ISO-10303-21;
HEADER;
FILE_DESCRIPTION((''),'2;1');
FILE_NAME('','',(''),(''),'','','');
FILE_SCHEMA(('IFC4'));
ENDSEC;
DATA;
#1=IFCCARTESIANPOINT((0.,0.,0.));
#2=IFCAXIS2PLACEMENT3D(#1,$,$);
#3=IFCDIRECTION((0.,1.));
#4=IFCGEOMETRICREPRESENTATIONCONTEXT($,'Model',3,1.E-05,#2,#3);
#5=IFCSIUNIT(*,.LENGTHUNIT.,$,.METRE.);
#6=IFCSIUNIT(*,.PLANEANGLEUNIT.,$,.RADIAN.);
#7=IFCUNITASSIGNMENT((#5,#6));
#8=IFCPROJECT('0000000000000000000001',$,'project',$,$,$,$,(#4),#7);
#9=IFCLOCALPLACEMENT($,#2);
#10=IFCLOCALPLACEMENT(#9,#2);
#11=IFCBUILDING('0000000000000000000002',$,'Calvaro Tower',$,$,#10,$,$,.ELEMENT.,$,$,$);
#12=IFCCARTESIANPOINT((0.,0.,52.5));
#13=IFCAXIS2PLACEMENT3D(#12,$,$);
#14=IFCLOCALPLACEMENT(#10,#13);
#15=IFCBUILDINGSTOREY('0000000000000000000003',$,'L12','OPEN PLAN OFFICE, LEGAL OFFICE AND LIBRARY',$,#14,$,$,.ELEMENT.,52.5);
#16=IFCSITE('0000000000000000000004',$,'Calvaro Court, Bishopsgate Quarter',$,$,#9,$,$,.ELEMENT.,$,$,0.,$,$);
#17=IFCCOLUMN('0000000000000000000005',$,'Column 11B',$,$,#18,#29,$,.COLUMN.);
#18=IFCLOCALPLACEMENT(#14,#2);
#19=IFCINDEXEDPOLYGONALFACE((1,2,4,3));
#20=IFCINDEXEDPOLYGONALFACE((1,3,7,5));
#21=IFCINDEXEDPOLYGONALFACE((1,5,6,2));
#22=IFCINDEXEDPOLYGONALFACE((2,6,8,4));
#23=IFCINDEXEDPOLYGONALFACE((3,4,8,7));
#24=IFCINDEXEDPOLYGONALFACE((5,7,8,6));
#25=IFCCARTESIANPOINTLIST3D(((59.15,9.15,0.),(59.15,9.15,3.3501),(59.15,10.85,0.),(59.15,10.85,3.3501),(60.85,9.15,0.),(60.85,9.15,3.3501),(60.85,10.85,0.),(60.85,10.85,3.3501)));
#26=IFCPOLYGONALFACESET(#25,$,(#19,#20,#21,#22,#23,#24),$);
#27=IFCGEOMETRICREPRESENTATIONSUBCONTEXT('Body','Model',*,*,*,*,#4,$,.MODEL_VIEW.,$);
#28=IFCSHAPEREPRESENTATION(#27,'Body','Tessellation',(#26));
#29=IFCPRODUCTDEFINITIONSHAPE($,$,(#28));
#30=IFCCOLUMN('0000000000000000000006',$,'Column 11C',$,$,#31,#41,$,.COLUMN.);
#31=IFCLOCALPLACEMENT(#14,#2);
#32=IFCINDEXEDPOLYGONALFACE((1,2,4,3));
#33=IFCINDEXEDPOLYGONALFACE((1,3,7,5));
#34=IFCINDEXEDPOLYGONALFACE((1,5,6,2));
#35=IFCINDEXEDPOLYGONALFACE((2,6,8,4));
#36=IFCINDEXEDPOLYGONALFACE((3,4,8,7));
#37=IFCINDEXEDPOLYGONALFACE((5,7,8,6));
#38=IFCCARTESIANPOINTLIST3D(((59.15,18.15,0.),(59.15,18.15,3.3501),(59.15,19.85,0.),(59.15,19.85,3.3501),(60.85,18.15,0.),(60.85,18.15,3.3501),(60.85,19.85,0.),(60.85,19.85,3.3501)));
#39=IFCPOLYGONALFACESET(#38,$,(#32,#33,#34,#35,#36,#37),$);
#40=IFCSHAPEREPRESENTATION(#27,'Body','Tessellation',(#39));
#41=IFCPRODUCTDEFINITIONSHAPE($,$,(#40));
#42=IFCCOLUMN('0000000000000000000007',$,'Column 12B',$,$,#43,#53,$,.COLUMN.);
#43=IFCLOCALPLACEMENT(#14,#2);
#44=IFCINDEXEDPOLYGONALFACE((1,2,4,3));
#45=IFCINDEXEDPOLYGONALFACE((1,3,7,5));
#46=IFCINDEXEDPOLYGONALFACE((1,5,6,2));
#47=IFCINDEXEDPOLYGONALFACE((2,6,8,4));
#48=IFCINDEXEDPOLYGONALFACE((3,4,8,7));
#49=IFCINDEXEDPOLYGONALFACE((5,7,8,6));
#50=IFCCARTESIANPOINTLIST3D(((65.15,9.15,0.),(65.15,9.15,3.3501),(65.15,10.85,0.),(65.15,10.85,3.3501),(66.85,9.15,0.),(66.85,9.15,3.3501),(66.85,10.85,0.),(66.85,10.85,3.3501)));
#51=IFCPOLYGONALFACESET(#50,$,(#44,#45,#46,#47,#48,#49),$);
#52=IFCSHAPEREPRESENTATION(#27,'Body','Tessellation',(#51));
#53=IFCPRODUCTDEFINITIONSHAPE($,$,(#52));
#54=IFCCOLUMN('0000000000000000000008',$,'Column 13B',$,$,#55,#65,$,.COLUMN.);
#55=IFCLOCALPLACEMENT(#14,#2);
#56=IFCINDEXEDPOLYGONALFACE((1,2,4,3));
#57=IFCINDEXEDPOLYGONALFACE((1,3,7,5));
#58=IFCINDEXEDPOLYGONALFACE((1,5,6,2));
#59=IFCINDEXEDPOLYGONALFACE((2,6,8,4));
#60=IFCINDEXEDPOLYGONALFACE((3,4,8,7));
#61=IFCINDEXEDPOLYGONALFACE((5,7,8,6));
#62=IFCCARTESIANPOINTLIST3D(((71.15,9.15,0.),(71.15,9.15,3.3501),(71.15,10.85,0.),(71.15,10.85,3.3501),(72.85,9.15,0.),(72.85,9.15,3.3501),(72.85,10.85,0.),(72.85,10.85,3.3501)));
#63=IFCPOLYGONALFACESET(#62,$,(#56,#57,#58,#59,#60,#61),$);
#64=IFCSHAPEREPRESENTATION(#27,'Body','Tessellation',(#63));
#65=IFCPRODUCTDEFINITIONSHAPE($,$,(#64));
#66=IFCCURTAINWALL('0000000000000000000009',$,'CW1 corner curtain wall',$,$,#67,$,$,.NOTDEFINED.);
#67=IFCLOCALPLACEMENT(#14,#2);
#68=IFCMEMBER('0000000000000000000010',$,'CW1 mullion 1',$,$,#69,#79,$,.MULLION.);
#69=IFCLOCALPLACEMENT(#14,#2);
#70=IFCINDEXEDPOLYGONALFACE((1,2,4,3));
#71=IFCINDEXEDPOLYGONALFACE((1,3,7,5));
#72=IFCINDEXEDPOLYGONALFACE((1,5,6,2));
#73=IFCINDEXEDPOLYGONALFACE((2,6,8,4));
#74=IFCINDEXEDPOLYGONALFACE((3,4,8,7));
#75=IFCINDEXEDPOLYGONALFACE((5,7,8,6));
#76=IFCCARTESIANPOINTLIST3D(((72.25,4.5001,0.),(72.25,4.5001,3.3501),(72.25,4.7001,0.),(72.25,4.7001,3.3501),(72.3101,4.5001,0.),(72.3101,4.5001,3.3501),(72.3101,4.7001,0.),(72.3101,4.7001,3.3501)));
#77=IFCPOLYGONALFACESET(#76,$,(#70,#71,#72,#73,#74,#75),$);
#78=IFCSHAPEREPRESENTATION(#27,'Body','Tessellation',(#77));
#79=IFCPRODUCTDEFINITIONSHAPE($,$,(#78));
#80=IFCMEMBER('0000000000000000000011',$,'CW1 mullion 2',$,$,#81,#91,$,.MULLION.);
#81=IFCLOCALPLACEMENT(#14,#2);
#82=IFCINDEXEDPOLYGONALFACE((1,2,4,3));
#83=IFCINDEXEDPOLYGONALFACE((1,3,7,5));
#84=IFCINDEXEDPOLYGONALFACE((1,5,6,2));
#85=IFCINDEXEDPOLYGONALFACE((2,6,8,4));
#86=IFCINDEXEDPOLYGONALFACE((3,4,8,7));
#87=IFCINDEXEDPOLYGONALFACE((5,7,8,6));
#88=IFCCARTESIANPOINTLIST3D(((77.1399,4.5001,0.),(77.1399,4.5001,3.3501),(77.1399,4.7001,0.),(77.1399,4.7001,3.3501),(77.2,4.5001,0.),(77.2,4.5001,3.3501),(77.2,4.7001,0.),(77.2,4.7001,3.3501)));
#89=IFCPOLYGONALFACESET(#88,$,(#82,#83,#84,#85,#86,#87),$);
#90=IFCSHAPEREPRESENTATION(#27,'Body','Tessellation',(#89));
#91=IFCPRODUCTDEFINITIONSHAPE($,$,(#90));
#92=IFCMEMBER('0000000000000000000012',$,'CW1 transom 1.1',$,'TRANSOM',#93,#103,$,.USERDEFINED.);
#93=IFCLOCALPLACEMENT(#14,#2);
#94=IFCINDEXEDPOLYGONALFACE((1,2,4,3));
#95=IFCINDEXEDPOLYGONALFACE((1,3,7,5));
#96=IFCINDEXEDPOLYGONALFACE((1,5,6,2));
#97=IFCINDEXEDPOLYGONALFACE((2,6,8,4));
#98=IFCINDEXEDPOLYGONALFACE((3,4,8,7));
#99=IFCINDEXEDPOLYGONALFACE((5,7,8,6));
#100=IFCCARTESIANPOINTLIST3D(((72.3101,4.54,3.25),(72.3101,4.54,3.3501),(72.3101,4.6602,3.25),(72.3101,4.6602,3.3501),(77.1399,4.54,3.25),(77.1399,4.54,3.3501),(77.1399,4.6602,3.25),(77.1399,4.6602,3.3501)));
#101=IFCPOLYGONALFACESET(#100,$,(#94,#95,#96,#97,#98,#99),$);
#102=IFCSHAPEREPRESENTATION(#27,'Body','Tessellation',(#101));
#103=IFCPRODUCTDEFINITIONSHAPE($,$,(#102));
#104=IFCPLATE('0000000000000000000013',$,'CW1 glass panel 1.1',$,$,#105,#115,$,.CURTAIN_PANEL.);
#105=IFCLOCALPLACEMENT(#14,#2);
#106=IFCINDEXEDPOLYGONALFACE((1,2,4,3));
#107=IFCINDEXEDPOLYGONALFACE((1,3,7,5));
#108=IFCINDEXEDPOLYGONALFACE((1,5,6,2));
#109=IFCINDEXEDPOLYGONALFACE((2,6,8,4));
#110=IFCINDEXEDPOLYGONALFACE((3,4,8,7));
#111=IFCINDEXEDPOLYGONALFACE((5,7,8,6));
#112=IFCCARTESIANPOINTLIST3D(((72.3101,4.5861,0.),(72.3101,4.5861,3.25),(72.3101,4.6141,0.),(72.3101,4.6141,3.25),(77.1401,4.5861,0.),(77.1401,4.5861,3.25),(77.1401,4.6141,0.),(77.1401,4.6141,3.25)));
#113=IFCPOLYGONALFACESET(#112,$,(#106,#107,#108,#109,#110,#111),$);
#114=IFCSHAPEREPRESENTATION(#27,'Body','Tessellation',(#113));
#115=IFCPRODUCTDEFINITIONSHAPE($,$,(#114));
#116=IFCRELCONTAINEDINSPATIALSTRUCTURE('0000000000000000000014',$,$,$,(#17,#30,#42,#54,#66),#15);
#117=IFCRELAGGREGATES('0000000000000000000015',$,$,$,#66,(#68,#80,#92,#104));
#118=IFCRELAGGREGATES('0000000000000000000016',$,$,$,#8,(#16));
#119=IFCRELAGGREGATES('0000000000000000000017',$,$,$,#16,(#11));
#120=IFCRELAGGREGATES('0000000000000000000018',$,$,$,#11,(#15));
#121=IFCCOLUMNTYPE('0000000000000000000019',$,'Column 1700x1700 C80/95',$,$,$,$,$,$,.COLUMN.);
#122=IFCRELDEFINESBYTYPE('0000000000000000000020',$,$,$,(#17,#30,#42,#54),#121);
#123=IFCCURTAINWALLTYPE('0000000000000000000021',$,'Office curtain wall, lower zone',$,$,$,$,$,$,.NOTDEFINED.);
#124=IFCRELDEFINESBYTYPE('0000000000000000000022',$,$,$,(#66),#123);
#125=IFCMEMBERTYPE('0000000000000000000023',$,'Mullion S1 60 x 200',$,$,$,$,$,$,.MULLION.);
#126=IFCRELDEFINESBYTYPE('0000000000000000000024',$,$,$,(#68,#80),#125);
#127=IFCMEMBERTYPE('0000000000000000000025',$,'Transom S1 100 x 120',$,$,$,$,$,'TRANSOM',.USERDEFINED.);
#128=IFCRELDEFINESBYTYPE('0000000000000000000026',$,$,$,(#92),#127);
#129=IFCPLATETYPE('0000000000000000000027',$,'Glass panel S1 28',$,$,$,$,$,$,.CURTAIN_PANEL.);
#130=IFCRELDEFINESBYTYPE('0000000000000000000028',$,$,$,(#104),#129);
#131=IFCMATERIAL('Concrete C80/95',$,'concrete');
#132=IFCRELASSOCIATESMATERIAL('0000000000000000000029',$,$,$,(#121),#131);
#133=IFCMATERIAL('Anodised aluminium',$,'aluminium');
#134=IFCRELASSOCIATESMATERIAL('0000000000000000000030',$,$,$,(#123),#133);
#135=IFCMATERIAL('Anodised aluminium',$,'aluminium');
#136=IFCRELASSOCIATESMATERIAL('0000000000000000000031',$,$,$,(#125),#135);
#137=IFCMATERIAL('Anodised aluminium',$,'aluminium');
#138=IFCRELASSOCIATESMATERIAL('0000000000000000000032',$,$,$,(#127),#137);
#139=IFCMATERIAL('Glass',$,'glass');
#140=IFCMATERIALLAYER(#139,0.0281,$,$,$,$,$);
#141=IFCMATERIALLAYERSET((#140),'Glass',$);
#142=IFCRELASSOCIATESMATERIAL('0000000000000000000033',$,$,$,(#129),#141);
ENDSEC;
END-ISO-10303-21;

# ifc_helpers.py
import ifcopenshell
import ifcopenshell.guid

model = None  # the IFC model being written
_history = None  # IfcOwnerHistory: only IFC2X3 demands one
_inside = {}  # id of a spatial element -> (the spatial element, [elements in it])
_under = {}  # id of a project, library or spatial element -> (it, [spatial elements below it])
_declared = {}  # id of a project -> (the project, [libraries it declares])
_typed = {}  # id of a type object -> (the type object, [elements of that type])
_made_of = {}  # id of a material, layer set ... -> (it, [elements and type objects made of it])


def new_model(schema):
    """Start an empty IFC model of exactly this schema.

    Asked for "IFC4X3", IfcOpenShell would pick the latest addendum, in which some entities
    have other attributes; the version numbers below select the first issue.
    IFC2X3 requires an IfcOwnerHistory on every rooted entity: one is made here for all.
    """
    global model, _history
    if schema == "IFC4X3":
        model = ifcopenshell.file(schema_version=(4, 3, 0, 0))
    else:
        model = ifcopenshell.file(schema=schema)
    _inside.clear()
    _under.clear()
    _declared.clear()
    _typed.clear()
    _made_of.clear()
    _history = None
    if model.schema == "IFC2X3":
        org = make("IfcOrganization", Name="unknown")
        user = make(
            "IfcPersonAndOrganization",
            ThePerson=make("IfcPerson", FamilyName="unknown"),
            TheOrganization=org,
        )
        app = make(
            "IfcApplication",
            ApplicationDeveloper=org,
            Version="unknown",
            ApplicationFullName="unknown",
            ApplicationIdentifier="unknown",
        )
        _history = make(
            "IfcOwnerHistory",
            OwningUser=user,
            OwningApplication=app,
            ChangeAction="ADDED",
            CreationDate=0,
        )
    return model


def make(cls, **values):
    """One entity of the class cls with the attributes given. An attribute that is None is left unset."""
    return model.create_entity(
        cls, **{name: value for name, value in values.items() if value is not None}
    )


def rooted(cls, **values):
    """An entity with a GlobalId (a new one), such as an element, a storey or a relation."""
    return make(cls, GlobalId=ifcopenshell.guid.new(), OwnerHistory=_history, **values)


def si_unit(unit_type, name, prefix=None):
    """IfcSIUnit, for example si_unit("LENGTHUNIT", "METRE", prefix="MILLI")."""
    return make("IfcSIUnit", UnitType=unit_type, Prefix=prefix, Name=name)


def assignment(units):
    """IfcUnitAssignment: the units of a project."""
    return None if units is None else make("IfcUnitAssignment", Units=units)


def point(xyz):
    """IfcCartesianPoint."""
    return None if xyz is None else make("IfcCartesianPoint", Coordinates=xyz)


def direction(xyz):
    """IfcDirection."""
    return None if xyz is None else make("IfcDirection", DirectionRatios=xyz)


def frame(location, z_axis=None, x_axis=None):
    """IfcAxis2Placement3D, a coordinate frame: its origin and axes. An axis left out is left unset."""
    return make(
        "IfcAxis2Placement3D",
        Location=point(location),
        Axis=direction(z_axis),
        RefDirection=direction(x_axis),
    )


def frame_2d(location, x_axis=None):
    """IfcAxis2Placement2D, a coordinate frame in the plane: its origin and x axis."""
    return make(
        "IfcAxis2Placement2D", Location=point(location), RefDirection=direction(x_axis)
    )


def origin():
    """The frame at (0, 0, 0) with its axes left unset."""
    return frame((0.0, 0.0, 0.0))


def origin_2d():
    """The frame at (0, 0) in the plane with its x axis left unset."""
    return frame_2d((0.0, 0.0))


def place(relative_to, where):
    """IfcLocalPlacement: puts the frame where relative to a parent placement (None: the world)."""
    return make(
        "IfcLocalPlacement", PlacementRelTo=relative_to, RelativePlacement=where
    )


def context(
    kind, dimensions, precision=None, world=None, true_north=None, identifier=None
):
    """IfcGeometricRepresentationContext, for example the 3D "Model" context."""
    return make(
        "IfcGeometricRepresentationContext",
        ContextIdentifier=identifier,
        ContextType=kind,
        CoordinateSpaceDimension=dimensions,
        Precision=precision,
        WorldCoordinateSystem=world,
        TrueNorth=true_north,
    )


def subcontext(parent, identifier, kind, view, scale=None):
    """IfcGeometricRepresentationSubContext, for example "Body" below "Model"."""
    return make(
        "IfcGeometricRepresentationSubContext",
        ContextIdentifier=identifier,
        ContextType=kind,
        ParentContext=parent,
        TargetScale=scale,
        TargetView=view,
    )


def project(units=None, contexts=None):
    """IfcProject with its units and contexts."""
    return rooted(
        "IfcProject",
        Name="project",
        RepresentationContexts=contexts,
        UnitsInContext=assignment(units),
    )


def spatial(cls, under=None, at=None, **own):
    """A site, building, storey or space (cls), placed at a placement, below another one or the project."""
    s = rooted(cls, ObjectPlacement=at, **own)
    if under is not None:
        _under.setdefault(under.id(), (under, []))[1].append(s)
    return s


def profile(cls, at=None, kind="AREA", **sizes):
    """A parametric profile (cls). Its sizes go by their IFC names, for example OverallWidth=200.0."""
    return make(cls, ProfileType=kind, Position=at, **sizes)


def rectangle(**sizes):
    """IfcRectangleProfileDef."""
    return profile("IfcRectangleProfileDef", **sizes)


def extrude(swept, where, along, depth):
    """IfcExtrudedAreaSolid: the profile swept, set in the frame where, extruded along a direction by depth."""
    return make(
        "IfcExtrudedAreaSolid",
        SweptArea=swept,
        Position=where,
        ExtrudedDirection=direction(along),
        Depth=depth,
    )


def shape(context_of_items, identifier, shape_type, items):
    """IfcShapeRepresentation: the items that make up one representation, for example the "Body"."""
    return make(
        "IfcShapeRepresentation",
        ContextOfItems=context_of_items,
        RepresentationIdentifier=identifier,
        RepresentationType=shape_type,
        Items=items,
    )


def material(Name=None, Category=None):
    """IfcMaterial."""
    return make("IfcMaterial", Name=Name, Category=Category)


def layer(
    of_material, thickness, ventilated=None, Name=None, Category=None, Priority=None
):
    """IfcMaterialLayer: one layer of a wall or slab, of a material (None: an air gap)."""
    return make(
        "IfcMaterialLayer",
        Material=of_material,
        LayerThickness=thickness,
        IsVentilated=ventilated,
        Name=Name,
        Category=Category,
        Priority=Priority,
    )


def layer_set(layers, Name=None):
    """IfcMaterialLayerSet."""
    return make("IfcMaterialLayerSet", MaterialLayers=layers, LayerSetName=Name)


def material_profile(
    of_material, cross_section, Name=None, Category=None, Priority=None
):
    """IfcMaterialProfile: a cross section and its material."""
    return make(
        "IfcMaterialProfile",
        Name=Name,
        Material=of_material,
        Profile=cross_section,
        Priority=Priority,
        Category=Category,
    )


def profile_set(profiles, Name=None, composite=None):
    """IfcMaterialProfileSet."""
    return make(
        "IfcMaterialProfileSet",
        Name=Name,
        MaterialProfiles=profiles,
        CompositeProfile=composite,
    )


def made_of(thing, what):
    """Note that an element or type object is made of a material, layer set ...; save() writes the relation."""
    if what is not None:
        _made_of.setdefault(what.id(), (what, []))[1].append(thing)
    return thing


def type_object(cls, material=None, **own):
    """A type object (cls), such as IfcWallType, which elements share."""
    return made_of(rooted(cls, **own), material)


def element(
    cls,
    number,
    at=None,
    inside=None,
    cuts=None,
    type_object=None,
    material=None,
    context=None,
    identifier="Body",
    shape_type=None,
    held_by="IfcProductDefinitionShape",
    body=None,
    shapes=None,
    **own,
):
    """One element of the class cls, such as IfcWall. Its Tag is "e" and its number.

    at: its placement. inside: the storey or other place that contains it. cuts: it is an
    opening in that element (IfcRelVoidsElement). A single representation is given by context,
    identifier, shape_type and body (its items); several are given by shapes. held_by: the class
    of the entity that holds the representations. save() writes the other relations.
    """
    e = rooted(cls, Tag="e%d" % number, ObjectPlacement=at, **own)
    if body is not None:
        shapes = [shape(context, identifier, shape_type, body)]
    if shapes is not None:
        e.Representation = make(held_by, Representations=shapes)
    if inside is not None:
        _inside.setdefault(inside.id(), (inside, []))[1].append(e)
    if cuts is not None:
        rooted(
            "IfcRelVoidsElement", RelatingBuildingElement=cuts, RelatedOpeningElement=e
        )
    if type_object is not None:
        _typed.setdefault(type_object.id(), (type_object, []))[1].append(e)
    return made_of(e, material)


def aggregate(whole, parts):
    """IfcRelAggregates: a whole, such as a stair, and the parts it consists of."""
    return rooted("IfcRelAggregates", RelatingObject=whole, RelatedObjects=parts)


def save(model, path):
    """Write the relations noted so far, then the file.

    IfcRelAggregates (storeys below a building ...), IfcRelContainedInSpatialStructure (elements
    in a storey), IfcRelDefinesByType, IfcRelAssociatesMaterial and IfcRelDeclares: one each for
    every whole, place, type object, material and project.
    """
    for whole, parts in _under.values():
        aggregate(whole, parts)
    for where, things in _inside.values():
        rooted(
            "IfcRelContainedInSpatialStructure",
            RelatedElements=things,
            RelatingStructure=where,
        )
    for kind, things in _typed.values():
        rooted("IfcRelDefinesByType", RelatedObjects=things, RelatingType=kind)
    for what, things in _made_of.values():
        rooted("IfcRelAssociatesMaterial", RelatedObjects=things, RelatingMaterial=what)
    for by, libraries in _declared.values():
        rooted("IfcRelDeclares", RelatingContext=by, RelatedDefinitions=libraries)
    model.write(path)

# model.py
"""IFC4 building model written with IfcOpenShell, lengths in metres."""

from ifc_helpers import new_model, si_unit, direction, frame, origin, origin_2d, place, context, subcontext, project, spatial, rectangle, extrude, material, layer, layer_set, material_profile, profile_set, type_object, element, aggregate, save


model = new_model("IFC4")

# Units and contexts
model_context = context("Model", 3, precision=1e-05, world=origin(), true_north=direction((0.0, 1.0)))
body_context = subcontext(model_context, "Body", "Model", "MODEL_VIEW")
ifc_project = project(units=[si_unit("LENGTHUNIT", "METRE"), si_unit("PLANEANGLEUNIT", "RADIAN")], contexts=[model_context])

# Site, building, storey
site_placement = place(None, origin())
site = spatial("IfcSite", under=ifc_project, at=site_placement, Name="Calvaro Court, Bishopsgate Quarter", CompositionType="ELEMENT", RefElevation=0.0)
building_placement = place(site_placement, origin())
building = spatial("IfcBuilding", under=site, at=building_placement, Name="Calvaro Tower", CompositionType="ELEMENT")
storey_placement = place(building_placement, frame((0.0, 0.0, 52.5)))
storey = spatial("IfcBuildingStorey", under=building, at=storey_placement, Name="L12", Description="OPEN PLAN OFFICE, LEGAL OFFICE AND LIBRARY", CompositionType="ELEMENT", Elevation=52.5)

# Columns
ifc_material_1 = material(Name="Concrete C80/95", Category="concrete")
ifc_material_profile_1 = material_profile(ifc_material_1, rectangle(XDim=1.7, YDim=1.7, at=origin_2d()), Name="RC 1700x1700")
ifc_profile_set_1 = profile_set([ifc_material_profile_1], Name="Concrete C80/95")
column_type = type_object("IfcColumnType", Name="Column 1700x1700 C80/95", PredefinedType="COLUMN", material=ifc_profile_set_1)
for number, where, z_axis, x_axis, name in (
    (1, (60.0, 10.0, 0.0), (0.0, 0.0, 1.0), (1.0, 0.0, 0.0), "Column 11B"),
    (2, (60.0, 19.0, 0.0), (0.0, 0.0, 1.0), (1.0, 0.0, 0.0), "Column 11C"),
    (3, (66.0, 10.0, 0.0), (0.0, 0.0, 1.0), (1.0, 0.0, 0.0), "Column 12B"),
    (4, (72.0, 10.0, 0.0), (0.0, 0.0, 1.0), (1.0, 0.0, 0.0), "Column 13B"),
):
    element("IfcColumn", number, at=place(storey_placement, frame(where, z_axis=z_axis, x_axis=x_axis)), inside=storey, type_object=column_type, Name=name, PredefinedType="COLUMN", context=body_context, shape_type="SweptSolid", body=[
        extrude(rectangle(XDim=1.7, YDim=1.7, at=origin_2d()), origin(), (0.0, 0.0, 1.0), 3.3501),
    ])

# Curtain wall, members, plate
ifc_material_2 = material(Name="Anodised aluminium", Category="aluminium")
curtain_wall_type = type_object("IfcCurtainWallType", Name="Office curtain wall, lower zone", PredefinedType="NOTDEFINED", material=ifc_material_2)
curtain_wall_placement = place(storey_placement, origin())
curtain_wall = element("IfcCurtainWall", 5, at=curtain_wall_placement, inside=storey, type_object=curtain_wall_type, Name="CW1 corner curtain wall", PredefinedType="NOTDEFINED")
ifc_material_3 = material(Name="Anodised aluminium", Category="aluminium")
ifc_material_profile_2 = material_profile(ifc_material_3, rectangle(XDim=0.2, YDim=0.0601, at=origin_2d()), Name="Mullion S1 60 x 200")
ifc_profile_set_2 = profile_set([ifc_material_profile_2], Name="Anodised aluminium")
member_type_1 = type_object("IfcMemberType", Name="Mullion S1 60 x 200", PredefinedType="MULLION", material=ifc_profile_set_2)
member_1_placement = place(storey_placement, frame((72.28, 4.6001, 0.0), z_axis=(0.0, 0.0, 1.0), x_axis=(0.0, 1.0, 0.0)))
member_1 = element("IfcMember", 6, at=member_1_placement, type_object=member_type_1, Name="CW1 mullion 1", PredefinedType="MULLION", context=body_context, shape_type="SweptSolid", body=[
    extrude(rectangle(XDim=0.2, YDim=0.0601, at=origin_2d()), origin(), (0.0, 0.0, 1.0), 3.3501),
])
member_2_placement = place(storey_placement, frame((77.1699, 4.6001, 0.0), z_axis=(0.0, 0.0, 1.0), x_axis=(0.0, 1.0, 0.0)))
member_2 = element("IfcMember", 7, at=member_2_placement, type_object=member_type_1, Name="CW1 mullion 2", PredefinedType="MULLION", context=body_context, shape_type="SweptSolid", body=[
    extrude(rectangle(XDim=0.2, YDim=0.0601, at=origin_2d()), origin(), (0.0, 0.0, 1.0), 3.3501),
])
ifc_material_4 = material(Name="Anodised aluminium", Category="aluminium")
ifc_material_profile_3 = material_profile(ifc_material_4, rectangle(XDim=0.1201, YDim=0.1001, at=origin_2d()), Name="Transom S1 100 x 120")
ifc_profile_set_3 = profile_set([ifc_material_profile_3], Name="Anodised aluminium")
member_type_2 = type_object("IfcMemberType", Name="Transom S1 100 x 120", ElementType="TRANSOM", PredefinedType="USERDEFINED", material=ifc_profile_set_3)
member_3_placement = place(storey_placement, frame((72.3101, 4.6001, 3.3), z_axis=(1.0, 0.0, 0.0), x_axis=(0.0, 1.0, 0.0)))
member_3 = element("IfcMember", 8, at=member_3_placement, type_object=member_type_2, Name="CW1 transom 1.1", ObjectType="TRANSOM", PredefinedType="USERDEFINED", context=body_context, shape_type="SweptSolid", body=[
    extrude(rectangle(XDim=0.1201, YDim=0.1001, at=origin_2d()), origin(), (0.0, 0.0, 1.0), 4.8298),
])
ifc_material_5 = material(Name="Glass", Category="glass")
ifc_layer_1 = layer(ifc_material_5, 0.0281)
ifc_layer_set_1 = layer_set([ifc_layer_1], Name="Glass")
plate_type = type_object("IfcPlateType", Name="Glass panel S1 28", PredefinedType="CURTAIN_PANEL", material=ifc_layer_set_1)
plate_placement = place(storey_placement, frame((74.7251, 4.6001, 0.0), z_axis=(0.0, 0.0, 1.0), x_axis=(1.0, 0.0, 0.0)))
plate = element("IfcPlate", 9, at=plate_placement, type_object=plate_type, Name="CW1 glass panel 1.1", PredefinedType="CURTAIN_PANEL", context=body_context, shape_type="SweptSolid", body=[
    extrude(rectangle(XDim=4.8301, YDim=0.0281, at=origin_2d()), origin(), (0.0, 0.0, 1.0), 3.25),
])
aggregate(curtain_wall, [member_1, member_2, member_3, plate])

save(model, "model.ifc")
